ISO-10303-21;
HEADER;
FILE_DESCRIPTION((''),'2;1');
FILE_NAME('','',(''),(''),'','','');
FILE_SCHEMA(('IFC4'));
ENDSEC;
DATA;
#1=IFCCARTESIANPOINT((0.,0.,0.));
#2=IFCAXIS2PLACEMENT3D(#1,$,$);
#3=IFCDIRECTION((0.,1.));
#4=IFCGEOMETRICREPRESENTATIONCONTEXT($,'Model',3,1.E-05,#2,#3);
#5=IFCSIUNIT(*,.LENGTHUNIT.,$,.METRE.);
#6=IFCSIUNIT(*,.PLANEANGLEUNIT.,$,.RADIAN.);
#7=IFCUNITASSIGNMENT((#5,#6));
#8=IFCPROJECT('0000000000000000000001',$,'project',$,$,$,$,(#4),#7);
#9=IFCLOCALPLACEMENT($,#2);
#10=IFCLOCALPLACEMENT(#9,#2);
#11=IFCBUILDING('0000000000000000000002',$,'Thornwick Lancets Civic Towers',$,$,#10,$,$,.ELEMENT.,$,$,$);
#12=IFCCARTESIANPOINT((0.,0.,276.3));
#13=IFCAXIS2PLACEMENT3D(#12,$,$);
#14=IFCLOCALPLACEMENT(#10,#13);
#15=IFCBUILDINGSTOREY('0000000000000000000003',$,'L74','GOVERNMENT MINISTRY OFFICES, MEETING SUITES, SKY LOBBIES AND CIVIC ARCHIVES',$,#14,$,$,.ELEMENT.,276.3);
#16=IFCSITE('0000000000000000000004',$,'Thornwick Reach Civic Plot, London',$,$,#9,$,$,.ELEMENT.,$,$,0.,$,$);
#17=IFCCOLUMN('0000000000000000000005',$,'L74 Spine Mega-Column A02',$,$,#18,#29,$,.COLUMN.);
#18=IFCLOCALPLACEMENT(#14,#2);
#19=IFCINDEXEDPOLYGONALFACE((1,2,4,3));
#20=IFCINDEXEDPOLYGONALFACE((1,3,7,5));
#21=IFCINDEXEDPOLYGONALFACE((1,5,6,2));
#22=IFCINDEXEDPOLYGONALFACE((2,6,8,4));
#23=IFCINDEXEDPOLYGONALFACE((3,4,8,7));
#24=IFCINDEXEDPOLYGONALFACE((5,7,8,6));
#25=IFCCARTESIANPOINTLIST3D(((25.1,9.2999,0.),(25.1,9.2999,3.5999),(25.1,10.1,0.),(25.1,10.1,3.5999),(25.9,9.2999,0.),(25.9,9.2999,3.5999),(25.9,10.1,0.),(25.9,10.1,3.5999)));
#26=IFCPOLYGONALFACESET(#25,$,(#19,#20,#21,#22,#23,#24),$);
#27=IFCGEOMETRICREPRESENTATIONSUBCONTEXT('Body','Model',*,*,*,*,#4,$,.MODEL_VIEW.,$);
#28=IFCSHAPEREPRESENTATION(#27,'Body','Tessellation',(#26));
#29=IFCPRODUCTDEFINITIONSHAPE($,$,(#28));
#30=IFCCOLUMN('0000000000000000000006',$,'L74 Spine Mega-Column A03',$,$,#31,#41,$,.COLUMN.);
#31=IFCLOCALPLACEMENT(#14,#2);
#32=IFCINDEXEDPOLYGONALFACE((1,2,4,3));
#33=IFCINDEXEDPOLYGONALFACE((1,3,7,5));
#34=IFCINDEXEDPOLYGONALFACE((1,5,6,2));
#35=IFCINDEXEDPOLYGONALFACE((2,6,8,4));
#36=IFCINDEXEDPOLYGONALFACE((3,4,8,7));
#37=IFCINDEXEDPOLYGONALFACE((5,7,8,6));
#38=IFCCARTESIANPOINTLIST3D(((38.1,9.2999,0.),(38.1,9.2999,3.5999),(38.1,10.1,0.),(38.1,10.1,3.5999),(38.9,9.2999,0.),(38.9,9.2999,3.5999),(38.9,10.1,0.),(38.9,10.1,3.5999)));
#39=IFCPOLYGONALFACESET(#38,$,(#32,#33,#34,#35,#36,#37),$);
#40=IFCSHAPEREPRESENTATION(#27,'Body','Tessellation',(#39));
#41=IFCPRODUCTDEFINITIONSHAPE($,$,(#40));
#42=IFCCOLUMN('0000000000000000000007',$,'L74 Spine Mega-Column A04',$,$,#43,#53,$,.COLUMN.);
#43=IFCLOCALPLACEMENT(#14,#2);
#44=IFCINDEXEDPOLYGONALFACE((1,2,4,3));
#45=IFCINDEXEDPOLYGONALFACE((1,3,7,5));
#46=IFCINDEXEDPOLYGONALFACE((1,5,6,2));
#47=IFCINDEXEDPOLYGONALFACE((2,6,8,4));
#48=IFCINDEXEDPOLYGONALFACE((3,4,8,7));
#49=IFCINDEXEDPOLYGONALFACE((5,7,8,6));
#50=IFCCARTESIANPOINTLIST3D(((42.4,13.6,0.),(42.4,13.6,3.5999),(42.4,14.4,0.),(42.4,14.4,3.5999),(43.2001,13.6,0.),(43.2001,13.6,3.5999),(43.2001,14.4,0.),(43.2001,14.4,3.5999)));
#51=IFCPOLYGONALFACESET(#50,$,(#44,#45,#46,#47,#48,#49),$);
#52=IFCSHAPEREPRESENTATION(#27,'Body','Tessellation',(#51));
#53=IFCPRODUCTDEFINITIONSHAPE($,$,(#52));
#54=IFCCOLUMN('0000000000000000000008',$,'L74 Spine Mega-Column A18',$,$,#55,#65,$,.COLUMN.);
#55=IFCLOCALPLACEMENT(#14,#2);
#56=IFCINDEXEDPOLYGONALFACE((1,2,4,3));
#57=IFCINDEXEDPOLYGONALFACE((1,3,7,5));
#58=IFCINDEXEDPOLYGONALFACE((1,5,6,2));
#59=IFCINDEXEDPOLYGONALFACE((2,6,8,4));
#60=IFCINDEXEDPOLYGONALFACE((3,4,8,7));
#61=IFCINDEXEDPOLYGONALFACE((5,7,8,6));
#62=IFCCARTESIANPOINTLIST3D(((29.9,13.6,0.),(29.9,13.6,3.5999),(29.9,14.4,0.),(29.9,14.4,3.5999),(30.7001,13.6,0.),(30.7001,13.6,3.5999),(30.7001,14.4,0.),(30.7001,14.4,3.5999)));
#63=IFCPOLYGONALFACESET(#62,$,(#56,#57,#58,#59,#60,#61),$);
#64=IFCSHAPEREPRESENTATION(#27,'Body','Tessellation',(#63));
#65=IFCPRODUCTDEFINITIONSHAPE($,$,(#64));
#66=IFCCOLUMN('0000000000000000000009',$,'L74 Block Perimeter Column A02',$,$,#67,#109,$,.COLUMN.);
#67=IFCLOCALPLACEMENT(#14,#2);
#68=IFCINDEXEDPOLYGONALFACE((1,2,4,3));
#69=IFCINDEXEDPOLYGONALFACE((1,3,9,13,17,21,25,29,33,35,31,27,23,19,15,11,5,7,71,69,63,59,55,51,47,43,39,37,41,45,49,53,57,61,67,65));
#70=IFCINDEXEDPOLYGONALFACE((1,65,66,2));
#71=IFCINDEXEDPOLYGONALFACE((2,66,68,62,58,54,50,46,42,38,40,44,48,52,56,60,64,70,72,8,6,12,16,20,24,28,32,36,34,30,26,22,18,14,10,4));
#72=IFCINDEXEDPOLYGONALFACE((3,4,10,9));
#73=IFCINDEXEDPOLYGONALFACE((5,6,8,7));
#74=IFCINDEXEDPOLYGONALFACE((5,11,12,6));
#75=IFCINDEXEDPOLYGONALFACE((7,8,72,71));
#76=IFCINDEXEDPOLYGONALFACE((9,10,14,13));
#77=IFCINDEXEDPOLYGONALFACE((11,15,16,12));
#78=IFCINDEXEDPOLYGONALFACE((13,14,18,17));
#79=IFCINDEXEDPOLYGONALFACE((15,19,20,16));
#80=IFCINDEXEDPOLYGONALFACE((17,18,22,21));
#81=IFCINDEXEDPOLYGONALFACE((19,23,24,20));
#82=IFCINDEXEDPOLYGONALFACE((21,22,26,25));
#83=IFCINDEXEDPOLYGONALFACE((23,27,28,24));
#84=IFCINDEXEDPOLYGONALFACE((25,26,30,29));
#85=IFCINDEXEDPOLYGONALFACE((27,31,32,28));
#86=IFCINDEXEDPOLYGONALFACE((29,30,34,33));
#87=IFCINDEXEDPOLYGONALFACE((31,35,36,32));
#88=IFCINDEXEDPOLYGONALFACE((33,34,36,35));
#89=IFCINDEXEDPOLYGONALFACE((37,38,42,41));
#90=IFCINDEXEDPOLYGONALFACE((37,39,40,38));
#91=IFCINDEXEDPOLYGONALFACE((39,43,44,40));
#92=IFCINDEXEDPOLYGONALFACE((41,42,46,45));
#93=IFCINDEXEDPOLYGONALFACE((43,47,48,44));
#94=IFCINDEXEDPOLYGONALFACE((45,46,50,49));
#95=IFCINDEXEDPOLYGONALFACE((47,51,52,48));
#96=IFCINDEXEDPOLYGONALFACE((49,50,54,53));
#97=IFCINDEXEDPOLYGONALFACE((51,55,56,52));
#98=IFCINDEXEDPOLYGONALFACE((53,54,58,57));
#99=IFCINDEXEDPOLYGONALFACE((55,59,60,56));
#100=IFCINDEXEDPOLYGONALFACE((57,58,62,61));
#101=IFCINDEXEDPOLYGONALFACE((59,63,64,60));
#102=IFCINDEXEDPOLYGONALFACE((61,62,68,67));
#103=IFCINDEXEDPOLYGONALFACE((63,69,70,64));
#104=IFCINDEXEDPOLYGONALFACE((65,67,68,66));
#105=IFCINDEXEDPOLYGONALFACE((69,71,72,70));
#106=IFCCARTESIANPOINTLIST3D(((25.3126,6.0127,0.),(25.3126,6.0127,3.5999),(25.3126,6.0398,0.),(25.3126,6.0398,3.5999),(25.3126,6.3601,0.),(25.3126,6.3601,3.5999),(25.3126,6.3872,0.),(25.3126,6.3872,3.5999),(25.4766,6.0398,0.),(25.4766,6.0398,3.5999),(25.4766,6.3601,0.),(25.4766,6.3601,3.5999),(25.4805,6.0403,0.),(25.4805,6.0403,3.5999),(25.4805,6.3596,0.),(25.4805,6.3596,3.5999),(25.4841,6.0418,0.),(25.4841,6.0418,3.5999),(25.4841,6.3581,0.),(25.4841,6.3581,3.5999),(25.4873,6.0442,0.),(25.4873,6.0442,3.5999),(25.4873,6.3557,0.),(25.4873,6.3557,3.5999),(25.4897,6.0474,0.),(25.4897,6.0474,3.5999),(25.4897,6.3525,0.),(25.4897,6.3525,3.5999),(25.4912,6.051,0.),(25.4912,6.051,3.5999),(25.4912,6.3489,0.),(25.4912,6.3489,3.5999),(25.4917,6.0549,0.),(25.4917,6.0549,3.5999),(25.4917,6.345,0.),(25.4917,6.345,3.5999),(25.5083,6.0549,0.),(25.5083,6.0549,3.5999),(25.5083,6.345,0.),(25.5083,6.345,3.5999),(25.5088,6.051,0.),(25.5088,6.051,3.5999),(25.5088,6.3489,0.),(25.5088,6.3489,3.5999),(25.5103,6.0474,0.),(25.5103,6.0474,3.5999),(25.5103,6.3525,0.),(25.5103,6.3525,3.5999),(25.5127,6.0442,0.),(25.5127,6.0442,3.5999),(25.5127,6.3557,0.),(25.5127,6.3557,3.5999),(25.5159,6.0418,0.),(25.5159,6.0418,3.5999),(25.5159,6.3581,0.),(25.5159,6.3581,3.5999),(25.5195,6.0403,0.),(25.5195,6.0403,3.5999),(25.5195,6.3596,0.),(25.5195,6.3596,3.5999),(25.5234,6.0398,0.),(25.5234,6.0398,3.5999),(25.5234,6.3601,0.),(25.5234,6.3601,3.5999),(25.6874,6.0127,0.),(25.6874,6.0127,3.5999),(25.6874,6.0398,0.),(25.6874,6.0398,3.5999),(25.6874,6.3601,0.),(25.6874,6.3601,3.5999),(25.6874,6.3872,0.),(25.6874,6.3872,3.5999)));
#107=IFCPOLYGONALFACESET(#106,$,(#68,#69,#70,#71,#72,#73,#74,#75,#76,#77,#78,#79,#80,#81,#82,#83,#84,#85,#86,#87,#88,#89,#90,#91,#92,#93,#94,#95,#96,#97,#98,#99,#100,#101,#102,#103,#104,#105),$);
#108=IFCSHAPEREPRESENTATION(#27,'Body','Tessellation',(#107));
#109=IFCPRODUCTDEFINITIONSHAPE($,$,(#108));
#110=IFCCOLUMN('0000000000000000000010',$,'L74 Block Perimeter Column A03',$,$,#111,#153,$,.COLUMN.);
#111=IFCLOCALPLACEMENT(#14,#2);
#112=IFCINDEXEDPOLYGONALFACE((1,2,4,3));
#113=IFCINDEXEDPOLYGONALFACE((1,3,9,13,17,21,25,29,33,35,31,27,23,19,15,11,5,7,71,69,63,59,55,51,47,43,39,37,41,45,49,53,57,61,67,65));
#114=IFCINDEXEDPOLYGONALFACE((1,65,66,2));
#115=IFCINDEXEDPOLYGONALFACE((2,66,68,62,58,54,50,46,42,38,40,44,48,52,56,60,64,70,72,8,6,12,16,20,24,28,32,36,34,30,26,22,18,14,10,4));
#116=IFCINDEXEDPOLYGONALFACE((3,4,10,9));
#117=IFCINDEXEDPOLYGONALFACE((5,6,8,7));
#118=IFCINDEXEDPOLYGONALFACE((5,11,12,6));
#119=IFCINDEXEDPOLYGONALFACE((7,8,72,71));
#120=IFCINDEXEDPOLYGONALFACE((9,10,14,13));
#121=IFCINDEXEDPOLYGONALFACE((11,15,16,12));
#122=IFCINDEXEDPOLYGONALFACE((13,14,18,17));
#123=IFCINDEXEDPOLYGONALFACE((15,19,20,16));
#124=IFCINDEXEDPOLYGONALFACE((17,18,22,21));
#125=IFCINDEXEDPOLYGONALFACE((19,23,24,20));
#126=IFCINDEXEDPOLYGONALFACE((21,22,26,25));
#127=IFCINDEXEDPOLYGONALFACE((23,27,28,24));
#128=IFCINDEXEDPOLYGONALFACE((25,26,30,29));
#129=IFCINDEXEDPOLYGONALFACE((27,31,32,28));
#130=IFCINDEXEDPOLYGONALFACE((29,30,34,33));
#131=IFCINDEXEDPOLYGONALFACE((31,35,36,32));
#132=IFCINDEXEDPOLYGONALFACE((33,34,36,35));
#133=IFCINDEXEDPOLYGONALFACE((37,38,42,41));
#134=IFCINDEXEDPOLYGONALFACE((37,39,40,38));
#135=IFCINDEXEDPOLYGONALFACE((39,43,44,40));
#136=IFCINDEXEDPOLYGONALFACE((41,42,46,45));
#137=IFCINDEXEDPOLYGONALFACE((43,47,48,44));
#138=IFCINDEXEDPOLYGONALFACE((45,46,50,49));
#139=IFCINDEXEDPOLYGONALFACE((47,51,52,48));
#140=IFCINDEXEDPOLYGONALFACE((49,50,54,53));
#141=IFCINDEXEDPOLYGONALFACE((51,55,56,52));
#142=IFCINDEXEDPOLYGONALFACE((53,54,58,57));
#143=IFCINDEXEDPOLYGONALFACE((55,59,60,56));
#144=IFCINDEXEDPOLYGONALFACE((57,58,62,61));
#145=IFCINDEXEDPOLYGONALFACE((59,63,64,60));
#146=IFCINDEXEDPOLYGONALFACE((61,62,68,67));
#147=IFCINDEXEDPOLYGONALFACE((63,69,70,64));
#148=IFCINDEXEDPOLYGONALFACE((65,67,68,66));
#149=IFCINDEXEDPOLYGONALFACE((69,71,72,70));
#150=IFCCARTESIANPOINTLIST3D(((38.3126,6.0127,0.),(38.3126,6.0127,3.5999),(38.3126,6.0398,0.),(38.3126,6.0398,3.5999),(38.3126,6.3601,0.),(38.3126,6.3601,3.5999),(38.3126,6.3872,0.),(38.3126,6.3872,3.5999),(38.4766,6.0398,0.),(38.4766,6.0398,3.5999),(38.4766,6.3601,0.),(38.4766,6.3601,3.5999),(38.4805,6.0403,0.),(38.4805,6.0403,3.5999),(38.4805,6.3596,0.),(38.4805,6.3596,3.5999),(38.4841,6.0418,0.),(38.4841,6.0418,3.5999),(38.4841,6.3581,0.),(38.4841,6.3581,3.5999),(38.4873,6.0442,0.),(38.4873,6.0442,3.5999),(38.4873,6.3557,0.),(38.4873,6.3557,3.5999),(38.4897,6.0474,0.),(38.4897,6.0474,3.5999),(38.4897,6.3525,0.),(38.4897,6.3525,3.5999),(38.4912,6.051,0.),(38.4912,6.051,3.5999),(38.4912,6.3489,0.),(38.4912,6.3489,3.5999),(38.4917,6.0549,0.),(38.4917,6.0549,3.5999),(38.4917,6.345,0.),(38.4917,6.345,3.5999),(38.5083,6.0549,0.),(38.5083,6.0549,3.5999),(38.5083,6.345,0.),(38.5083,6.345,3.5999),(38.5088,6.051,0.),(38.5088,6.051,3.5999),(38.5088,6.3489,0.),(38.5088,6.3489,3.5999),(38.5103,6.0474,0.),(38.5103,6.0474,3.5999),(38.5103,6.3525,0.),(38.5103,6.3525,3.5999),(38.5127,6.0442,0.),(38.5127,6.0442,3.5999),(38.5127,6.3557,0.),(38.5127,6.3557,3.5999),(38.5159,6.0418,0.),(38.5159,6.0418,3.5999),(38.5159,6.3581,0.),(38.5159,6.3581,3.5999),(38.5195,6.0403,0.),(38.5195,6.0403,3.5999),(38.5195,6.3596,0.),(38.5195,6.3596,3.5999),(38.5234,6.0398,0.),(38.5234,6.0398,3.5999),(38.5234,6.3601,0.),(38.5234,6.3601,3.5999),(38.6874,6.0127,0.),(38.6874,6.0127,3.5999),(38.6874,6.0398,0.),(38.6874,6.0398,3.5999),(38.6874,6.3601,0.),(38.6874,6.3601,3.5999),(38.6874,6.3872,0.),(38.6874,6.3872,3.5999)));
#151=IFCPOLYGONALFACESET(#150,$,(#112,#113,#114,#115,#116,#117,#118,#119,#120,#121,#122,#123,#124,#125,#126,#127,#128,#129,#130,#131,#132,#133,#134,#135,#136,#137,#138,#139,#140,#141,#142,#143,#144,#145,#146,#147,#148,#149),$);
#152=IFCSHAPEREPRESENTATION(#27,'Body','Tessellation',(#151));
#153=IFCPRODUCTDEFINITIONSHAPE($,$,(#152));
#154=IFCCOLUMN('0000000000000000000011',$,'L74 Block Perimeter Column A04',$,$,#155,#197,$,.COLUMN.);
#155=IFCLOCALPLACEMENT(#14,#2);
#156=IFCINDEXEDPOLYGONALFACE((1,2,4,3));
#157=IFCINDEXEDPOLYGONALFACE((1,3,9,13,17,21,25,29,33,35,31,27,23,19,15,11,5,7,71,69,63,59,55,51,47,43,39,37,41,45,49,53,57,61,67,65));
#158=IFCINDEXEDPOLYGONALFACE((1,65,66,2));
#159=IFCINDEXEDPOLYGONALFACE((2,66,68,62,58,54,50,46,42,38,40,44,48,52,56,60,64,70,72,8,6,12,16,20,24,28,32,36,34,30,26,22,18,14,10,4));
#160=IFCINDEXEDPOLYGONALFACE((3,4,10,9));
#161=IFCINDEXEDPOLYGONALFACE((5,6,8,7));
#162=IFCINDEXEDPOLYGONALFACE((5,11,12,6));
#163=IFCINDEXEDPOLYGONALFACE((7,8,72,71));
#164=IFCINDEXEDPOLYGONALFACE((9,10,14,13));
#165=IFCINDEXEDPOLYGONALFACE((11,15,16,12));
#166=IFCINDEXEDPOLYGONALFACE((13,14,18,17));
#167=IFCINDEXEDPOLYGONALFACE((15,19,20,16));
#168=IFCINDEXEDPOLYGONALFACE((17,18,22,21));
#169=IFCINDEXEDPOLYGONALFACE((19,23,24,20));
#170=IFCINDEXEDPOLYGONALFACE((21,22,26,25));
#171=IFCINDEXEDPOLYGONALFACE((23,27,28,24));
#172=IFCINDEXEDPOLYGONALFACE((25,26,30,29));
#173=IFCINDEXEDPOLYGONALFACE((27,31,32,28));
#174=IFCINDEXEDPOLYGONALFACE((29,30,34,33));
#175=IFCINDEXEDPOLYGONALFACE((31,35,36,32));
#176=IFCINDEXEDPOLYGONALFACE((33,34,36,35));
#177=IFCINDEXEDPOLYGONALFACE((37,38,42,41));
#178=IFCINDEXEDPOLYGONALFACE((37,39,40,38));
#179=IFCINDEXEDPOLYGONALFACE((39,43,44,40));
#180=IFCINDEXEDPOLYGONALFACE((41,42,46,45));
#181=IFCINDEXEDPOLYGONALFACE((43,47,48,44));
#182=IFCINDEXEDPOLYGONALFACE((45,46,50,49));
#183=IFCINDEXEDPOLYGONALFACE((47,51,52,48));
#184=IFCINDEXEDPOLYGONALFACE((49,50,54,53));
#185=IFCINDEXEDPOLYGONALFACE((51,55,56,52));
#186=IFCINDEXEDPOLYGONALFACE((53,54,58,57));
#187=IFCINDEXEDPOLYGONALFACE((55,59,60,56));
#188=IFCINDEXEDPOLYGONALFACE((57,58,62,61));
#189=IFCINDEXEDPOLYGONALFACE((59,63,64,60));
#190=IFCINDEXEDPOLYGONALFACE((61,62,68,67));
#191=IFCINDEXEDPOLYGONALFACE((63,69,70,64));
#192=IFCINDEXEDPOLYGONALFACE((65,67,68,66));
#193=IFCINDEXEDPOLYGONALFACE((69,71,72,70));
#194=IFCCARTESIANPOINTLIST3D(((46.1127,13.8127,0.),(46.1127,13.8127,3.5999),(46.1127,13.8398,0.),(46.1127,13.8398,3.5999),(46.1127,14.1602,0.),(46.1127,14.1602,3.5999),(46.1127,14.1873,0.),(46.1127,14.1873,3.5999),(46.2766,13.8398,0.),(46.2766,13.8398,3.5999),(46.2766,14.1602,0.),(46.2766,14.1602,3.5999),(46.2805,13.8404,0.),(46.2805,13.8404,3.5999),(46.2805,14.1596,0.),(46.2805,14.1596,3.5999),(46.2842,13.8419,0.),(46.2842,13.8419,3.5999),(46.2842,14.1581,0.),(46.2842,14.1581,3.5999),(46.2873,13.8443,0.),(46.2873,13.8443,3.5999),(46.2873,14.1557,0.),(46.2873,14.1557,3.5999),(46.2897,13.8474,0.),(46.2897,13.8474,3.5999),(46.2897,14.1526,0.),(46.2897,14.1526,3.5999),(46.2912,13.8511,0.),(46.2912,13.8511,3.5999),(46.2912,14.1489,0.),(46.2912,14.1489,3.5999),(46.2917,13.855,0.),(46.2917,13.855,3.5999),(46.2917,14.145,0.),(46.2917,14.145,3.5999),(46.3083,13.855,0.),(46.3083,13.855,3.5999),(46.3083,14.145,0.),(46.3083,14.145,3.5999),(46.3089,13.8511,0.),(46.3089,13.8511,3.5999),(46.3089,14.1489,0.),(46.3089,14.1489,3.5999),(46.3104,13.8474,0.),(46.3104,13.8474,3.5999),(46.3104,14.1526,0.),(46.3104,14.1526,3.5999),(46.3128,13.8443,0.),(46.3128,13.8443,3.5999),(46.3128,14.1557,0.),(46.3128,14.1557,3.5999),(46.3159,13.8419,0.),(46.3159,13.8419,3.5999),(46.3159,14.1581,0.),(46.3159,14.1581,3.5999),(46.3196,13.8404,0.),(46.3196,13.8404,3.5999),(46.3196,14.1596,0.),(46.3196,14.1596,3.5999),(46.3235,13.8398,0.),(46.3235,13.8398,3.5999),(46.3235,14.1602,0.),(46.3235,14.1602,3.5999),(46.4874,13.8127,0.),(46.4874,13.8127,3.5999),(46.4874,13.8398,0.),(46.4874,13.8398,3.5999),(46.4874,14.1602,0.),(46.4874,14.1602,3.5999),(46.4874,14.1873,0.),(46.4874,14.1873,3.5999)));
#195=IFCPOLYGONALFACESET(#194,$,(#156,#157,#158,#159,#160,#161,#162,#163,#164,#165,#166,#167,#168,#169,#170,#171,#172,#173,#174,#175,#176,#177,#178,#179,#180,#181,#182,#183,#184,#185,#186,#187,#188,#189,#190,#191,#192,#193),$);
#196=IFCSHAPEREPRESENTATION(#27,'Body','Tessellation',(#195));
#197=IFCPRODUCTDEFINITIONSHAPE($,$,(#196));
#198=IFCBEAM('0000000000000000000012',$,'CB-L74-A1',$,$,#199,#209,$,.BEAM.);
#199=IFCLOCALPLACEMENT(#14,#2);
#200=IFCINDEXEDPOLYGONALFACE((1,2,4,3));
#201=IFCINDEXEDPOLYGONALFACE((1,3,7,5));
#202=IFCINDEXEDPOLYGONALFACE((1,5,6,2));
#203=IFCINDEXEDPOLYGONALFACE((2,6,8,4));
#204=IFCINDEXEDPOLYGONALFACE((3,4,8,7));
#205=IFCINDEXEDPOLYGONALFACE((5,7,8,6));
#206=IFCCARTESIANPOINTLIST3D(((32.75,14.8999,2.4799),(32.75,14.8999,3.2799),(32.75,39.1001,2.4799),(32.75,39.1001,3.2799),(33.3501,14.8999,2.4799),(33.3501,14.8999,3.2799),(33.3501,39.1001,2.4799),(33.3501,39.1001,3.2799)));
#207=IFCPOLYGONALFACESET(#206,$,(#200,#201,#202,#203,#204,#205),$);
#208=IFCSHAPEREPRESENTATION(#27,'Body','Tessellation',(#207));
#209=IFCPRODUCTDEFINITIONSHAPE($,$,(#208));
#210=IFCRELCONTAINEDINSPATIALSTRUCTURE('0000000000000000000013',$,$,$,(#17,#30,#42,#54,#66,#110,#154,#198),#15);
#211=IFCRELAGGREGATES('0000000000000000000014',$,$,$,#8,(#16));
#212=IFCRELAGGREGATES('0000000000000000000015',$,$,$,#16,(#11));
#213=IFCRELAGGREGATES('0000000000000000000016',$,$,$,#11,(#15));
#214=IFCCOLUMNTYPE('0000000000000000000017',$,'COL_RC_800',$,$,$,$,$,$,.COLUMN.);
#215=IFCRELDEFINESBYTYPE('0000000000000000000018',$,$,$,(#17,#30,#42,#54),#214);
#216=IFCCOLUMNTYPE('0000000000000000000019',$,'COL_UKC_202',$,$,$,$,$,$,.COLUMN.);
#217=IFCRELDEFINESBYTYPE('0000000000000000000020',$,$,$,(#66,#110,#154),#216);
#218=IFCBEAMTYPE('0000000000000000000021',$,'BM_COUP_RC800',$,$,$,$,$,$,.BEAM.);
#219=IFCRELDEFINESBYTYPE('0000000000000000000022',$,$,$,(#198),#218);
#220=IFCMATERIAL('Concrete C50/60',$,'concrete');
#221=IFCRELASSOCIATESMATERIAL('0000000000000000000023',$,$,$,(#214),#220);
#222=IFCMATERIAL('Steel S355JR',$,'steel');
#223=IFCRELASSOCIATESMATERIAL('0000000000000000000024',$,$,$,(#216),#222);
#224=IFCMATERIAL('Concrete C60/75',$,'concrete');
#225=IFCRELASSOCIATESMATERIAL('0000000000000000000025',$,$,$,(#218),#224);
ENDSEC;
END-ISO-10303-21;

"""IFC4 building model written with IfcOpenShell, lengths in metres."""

from ifc_helpers import new_model, si_unit, direction, frame, origin, origin_2d, place, context, subcontext, project, spatial, rectangle, i_section, extrude, material, material_profile, profile_set, type_object, element, save


model = new_model("IFC4")

# Units and contexts
model_context = context("Model", 3, precision=1e-05, world=origin(), true_north=direction((0.0, 1.0)))
body_context = subcontext(model_context, "Body", "Model", "MODEL_VIEW")
ifc_project = project(units=[si_unit("LENGTHUNIT", "METRE"), si_unit("PLANEANGLEUNIT", "RADIAN")], contexts=[model_context])

# Site, building, storey
site_placement = place(None, origin())
site = spatial("IfcSite", under=ifc_project, at=site_placement, Name="Thornwick Reach Civic Plot, London", CompositionType="ELEMENT", RefElevation=0.0)
building_placement = place(site_placement, origin())
building = spatial("IfcBuilding", under=site, at=building_placement, Name="Thornwick Lancets Civic Towers", CompositionType="ELEMENT")
storey_placement = place(building_placement, frame((0.0, 0.0, 276.3)))
storey = spatial("IfcBuildingStorey", under=building, at=storey_placement, Name="L74", Description="GOVERNMENT MINISTRY OFFICES, MEETING SUITES, SKY LOBBIES AND CIVIC ARCHIVES", CompositionType="ELEMENT", Elevation=276.3)

# Columns
ifc_material_1 = material(Name="Concrete C50/60", Category="concrete")
ifc_material_profile_1 = material_profile(ifc_material_1, rectangle(XDim=0.8, YDim=0.8, at=origin_2d()), Name="RC 800x800")
ifc_profile_set_1 = profile_set([ifc_material_profile_1], Name="Concrete C50/60")
column_type_1 = type_object("IfcColumnType", Name="COL_RC_800", PredefinedType="COLUMN", material=ifc_profile_set_1)
for number, where, z_axis, x_axis, name in (
    (1, (25.5, 9.7, 0.0), (0.0, 0.0, 1.0), (1.0, 0.0, 0.0), "L74 Spine Mega-Column A02"),
    (2, (38.5, 9.7, 0.0), (0.0, 0.0, 1.0), (1.0, 0.0, 0.0), "L74 Spine Mega-Column A03"),
    (3, (42.8, 14.0, 0.0), (0.0, 0.0, 1.0), (1.0, 0.0, 0.0), "L74 Spine Mega-Column A04"),
    (4, (30.3, 14.0, 0.0), (0.0, 0.0, 1.0), (1.0, 0.0, 0.0), "L74 Spine Mega-Column A18"),
):
    element("IfcColumn", number, at=place(storey_placement, frame(where, z_axis=z_axis, x_axis=x_axis)), inside=storey, type_object=column_type_1, Name=name, PredefinedType="COLUMN", context=body_context, shape_type="SweptSolid", body=[
        extrude(rectangle(XDim=0.8, YDim=0.8, at=origin_2d()), origin(), (0.0, 0.0, 1.0), 3.5999),
    ])
ifc_material_2 = material(Name="Steel S355JR", Category="steel")
ifc_material_profile_2 = material_profile(ifc_material_2, i_section(OverallWidth=0.3748, OverallDepth=0.3745, WebThickness=0.0166, FlangeThickness=0.0271, FilletRadius=0.0151, at=origin_2d()), Name="UKC 356x368x202")
ifc_profile_set_2 = profile_set([ifc_material_profile_2], Name="Steel S355JR")
column_type_2 = type_object("IfcColumnType", Name="COL_UKC_202", PredefinedType="COLUMN", material=ifc_profile_set_2)
for number, where, z_axis, x_axis, name in (
    (5, (25.5, 6.2, 0.0), (0.0, 0.0, 1.0), (1.0, 0.0, 0.0), "L74 Block Perimeter Column A02"),
    (6, (38.5, 6.2, 0.0), (0.0, 0.0, 1.0), (1.0, 0.0, 0.0), "L74 Block Perimeter Column A03"),
    (7, (46.3, 14.0, 0.0), (0.0, 0.0, 1.0), (1.0, 0.0, 0.0), "L74 Block Perimeter Column A04"),
):
    element("IfcColumn", number, at=place(storey_placement, frame(where, z_axis=z_axis, x_axis=x_axis)), inside=storey, type_object=column_type_2, Name=name, PredefinedType="COLUMN", context=body_context, shape_type="SweptSolid", body=[
        extrude(i_section(OverallWidth=0.3748, OverallDepth=0.3745, WebThickness=0.0166, FlangeThickness=0.0271, FilletRadius=0.0151, at=origin_2d()), origin(), (0.0, 0.0, 1.0), 3.5999),
    ])

# Beam
ifc_material_3 = material(Name="Concrete C60/75", Category="concrete")
ifc_material_profile_3 = material_profile(ifc_material_3, rectangle(XDim=0.6001, YDim=0.8, at=origin_2d()), Name="RC 600x800")
ifc_profile_set_3 = profile_set([ifc_material_profile_3], Name="Concrete C60/75")
beam_type_1 = type_object("IfcBeamType", Name="BM_COUP_RC800", PredefinedType="BEAM", material=ifc_profile_set_3)
beam_1_placement = place(storey_placement, frame((33.05, 14.8999, 2.8799), z_axis=(0.0, 1.0, 0.0), x_axis=(-1.0, 0.0, 0.0)))
element("IfcBeam", 8, at=beam_1_placement, inside=storey, type_object=beam_type_1, Name="CB-L74-A1", PredefinedType="BEAM", context=body_context, shape_type="SweptSolid", body=[
    extrude(rectangle(XDim=0.6001, YDim=0.8, at=origin_2d()), origin(), (0.0, 0.0, 1.0), 24.2002),
])

save(model, "model.ifc")
